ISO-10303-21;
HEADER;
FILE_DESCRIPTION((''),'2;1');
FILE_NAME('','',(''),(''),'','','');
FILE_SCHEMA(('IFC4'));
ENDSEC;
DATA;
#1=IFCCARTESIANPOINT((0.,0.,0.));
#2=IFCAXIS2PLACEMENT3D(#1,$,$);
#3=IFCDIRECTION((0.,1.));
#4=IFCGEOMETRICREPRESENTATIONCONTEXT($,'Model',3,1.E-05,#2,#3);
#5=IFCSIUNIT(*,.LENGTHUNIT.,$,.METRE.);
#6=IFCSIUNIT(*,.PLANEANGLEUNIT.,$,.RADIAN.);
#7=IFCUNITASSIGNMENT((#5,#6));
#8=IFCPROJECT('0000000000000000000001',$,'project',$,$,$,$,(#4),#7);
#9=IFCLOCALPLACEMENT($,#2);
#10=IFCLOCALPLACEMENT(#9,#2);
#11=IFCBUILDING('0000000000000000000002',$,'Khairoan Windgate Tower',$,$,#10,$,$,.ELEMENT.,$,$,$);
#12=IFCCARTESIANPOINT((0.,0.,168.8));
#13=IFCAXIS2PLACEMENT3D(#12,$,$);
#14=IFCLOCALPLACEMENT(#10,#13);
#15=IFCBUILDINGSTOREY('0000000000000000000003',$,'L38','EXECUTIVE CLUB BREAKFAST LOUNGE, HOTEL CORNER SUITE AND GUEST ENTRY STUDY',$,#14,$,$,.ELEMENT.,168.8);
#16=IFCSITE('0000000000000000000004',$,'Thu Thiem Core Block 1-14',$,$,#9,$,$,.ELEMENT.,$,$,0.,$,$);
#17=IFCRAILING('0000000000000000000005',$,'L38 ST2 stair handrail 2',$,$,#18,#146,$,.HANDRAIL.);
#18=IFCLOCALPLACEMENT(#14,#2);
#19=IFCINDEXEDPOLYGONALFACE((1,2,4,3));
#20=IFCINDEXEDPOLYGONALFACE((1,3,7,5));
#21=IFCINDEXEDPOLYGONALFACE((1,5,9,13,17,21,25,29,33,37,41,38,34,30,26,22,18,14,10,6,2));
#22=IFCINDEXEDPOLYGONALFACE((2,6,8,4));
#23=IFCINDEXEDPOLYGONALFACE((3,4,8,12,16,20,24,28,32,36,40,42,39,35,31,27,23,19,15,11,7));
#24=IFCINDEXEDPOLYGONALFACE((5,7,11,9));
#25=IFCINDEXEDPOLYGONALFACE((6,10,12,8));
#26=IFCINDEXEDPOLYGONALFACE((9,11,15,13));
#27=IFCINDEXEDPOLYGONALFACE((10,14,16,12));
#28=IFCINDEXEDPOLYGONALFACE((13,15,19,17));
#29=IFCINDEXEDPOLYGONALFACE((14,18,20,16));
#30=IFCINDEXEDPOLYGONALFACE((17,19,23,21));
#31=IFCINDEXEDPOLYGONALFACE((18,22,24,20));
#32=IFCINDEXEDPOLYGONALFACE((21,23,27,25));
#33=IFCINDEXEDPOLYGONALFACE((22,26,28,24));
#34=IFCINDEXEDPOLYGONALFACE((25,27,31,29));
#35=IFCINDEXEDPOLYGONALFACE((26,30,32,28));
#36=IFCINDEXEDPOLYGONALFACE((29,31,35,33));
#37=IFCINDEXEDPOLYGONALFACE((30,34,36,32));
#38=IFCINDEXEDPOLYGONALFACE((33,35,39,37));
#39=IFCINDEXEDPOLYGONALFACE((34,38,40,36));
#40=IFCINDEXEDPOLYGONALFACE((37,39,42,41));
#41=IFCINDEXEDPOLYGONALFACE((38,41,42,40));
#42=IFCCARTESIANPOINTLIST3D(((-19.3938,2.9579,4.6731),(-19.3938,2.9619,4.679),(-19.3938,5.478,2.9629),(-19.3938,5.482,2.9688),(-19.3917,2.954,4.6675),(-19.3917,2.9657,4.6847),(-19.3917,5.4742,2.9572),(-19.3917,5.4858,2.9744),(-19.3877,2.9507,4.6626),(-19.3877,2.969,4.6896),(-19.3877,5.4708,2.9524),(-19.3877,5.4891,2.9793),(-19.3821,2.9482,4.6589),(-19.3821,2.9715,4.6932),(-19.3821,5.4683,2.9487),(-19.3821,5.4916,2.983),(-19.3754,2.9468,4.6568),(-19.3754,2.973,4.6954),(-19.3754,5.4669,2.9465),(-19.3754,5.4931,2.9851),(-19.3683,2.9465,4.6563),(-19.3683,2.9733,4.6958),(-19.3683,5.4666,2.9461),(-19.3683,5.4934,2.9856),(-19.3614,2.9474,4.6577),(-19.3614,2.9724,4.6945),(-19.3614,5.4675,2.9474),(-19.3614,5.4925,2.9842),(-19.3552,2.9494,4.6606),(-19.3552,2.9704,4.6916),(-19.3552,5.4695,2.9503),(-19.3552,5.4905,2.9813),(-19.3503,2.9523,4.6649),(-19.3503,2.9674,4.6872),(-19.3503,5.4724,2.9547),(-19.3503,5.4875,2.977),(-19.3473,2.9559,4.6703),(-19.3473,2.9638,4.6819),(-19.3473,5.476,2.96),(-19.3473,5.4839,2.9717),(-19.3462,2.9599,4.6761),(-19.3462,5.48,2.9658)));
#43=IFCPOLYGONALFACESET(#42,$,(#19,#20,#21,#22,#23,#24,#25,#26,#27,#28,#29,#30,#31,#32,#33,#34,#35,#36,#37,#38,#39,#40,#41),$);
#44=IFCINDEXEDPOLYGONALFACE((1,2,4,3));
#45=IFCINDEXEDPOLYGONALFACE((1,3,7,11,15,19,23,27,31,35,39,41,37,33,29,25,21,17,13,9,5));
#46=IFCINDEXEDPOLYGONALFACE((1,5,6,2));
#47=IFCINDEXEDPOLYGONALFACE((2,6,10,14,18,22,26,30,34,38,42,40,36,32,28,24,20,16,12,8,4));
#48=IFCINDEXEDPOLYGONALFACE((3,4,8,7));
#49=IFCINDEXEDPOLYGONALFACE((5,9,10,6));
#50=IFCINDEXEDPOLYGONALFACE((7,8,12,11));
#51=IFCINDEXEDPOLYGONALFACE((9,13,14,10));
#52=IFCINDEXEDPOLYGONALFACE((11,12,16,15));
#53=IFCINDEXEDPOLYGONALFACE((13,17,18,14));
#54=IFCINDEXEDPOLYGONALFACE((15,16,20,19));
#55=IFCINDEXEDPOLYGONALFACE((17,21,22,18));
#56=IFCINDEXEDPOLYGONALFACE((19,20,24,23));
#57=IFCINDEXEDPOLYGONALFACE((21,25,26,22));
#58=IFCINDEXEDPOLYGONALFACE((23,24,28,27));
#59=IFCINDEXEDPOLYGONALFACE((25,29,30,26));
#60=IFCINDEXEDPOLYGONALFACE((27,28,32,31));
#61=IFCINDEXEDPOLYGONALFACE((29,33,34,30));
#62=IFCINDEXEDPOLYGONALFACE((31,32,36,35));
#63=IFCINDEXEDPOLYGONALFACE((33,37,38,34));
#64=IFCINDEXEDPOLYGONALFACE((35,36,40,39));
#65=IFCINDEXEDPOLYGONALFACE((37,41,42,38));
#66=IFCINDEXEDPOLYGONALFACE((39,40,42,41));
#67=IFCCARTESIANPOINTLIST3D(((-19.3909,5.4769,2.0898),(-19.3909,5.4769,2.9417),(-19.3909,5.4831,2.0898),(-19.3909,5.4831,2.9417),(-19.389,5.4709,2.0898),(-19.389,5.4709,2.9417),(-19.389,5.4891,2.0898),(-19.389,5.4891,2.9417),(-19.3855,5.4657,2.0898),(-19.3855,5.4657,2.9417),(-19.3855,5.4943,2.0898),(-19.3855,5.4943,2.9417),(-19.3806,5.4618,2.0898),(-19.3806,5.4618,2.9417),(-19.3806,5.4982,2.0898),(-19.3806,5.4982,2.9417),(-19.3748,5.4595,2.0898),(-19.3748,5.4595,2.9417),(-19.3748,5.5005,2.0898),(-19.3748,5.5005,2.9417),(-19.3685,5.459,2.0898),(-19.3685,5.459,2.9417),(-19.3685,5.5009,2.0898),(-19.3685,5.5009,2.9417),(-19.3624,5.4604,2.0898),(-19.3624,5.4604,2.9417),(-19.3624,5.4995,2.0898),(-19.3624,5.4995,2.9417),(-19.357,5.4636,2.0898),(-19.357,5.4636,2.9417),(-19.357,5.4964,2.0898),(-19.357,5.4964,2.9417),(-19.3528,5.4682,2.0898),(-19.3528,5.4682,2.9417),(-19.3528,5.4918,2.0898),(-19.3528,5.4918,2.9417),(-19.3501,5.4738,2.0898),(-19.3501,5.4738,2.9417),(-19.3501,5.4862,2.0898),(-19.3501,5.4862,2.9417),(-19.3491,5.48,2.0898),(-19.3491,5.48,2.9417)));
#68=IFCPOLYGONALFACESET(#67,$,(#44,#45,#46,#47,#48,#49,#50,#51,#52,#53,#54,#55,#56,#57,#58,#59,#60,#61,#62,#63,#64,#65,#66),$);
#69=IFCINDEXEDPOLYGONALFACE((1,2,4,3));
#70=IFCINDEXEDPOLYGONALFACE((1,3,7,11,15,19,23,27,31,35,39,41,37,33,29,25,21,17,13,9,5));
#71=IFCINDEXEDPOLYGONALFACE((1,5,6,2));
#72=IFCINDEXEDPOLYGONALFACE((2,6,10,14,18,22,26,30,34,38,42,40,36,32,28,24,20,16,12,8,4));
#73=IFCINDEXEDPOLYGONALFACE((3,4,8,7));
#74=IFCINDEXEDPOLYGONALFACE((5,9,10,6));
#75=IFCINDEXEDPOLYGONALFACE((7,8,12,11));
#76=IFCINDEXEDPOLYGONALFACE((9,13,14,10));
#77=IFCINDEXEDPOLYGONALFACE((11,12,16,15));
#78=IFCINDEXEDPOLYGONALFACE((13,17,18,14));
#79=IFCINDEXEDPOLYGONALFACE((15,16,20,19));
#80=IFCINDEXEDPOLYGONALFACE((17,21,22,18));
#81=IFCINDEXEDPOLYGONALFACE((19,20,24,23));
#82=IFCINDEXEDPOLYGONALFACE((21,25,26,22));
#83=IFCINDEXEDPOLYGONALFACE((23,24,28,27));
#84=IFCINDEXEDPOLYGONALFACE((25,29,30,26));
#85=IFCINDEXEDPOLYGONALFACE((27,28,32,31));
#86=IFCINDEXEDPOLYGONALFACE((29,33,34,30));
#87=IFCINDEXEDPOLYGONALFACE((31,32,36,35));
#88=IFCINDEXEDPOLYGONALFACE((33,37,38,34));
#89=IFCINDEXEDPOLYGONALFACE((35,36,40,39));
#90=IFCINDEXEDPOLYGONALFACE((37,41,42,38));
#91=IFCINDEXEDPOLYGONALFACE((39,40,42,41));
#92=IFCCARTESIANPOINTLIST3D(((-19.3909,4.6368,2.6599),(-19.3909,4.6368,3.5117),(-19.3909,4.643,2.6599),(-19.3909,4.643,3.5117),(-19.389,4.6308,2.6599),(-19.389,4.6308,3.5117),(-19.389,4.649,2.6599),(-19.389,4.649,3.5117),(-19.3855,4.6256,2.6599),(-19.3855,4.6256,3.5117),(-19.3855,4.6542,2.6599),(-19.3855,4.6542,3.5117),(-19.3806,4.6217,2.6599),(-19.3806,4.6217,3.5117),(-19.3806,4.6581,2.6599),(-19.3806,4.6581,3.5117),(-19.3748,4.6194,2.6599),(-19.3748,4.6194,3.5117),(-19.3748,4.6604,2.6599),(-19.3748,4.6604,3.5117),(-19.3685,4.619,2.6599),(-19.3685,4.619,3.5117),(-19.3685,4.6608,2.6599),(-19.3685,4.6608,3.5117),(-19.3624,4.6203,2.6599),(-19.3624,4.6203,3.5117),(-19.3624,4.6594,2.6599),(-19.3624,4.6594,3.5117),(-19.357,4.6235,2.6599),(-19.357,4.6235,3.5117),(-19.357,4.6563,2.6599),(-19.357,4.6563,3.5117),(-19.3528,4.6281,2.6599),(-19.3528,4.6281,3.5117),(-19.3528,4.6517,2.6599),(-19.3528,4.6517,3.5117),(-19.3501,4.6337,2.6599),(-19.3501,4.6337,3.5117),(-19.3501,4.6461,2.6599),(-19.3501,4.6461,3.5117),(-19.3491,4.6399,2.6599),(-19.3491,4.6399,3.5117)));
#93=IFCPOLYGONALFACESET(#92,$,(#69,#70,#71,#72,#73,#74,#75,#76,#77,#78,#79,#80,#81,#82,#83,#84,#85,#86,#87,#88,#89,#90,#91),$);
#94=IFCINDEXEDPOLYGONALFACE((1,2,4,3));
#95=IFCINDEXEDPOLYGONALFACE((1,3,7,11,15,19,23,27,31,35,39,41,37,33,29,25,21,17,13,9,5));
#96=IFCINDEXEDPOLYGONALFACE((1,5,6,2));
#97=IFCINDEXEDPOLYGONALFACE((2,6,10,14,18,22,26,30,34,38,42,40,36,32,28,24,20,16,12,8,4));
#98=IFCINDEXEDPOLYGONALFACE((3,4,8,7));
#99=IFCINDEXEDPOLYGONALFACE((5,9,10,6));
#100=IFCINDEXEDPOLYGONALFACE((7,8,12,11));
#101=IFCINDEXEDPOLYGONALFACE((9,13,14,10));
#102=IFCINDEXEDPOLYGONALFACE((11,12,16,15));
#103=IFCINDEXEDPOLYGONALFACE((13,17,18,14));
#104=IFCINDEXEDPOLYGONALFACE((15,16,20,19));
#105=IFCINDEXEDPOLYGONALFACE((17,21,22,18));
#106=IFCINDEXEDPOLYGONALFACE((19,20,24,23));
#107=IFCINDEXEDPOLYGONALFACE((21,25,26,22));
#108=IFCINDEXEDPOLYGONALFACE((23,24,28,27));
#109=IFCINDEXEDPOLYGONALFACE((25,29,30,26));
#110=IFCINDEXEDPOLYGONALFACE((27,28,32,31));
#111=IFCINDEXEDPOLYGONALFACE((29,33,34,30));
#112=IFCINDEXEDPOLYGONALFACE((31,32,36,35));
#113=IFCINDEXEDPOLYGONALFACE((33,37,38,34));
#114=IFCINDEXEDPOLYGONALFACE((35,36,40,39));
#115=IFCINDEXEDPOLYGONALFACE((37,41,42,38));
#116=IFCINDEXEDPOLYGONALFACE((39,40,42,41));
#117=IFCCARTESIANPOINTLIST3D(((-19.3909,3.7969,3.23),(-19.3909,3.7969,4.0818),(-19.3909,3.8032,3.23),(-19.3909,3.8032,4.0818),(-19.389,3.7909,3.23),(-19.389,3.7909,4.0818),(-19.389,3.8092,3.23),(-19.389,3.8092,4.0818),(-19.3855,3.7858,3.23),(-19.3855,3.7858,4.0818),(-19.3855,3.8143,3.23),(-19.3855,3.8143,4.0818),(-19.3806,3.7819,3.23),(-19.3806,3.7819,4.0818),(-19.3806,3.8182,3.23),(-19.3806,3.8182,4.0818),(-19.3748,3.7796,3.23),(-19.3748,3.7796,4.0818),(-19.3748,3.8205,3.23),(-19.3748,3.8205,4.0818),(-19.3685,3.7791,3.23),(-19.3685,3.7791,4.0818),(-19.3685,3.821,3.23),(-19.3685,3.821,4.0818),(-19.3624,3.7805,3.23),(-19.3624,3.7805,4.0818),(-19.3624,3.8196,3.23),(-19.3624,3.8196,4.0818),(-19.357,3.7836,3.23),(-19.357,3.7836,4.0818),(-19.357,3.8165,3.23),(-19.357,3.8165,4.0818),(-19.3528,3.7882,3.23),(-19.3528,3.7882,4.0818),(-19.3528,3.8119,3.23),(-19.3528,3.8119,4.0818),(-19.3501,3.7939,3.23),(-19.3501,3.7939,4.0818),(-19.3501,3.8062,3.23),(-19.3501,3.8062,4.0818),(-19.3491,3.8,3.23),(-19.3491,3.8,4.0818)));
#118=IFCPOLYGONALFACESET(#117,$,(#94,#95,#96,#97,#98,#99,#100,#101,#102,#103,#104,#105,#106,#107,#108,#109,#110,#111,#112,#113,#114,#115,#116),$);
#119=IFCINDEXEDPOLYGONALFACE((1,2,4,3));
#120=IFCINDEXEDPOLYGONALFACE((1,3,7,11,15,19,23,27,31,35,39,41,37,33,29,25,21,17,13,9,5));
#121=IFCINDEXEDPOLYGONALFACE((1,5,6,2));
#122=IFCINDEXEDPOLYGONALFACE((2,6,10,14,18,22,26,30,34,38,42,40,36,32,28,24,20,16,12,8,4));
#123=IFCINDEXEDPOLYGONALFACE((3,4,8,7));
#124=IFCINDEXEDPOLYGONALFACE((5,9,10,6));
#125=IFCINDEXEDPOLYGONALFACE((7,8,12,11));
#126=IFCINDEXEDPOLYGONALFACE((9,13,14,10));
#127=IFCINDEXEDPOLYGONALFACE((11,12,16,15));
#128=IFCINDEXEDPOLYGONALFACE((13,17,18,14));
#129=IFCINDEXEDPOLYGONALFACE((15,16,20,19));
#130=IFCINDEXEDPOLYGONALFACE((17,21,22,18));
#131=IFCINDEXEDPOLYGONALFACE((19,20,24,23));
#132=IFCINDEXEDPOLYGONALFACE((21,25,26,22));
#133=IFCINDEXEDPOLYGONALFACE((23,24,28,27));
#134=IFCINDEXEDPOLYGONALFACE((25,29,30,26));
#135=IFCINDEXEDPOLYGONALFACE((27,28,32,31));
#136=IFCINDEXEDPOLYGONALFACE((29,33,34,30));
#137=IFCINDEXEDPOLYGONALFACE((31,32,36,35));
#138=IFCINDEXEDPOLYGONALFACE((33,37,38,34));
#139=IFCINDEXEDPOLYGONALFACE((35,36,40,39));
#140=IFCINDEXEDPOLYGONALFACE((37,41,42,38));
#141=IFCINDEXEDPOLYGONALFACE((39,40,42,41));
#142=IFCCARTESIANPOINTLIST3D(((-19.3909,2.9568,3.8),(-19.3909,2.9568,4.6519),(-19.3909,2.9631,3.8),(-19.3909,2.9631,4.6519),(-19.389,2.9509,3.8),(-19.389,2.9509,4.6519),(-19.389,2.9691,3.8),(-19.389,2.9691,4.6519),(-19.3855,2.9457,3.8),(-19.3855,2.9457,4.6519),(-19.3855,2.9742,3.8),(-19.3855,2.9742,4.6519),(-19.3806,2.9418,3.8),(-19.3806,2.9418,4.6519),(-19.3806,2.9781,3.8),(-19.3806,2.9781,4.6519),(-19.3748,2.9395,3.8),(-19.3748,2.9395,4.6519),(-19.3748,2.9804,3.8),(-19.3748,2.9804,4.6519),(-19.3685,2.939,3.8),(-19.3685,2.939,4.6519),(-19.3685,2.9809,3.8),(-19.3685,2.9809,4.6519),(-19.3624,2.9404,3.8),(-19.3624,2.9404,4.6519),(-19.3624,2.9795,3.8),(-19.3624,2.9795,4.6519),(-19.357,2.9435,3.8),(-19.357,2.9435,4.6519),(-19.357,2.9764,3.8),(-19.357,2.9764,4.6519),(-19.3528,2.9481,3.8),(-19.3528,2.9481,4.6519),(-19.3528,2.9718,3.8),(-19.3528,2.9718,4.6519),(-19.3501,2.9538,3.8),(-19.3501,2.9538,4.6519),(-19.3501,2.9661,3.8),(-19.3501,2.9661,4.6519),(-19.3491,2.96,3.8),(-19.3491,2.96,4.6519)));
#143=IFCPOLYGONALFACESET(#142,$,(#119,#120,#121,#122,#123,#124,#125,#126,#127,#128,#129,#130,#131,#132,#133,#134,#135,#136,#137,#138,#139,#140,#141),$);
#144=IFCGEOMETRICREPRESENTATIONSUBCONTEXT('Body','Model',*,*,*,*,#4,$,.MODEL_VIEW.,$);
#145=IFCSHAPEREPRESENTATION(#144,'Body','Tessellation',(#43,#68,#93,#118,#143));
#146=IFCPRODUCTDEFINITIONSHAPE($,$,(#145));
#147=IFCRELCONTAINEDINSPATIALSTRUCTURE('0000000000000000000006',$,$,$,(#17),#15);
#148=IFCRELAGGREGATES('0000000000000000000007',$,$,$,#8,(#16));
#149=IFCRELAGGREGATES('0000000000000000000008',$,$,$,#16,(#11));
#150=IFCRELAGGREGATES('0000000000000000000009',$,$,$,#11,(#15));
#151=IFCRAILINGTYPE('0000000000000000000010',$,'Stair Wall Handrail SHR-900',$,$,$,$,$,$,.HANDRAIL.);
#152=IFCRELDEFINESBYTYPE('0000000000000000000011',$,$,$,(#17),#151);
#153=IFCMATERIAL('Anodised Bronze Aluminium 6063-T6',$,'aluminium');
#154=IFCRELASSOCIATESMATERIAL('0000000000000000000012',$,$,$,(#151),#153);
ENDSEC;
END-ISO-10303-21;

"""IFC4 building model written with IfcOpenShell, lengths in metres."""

from ifc_helpers import new_model, si_unit, direction, frame, origin, origin_2d, place, context, subcontext, project, spatial, circle, extrude, material, type_object, element, save


model = new_model("IFC4")

# Units and contexts
model_context = context("Model", 3, precision=1e-05, world=origin(), true_north=direction((0.0, 1.0)))
body_context = subcontext(model_context, "Body", "Model", "MODEL_VIEW")
ifc_project = project(units=[si_unit("LENGTHUNIT", "METRE"), si_unit("PLANEANGLEUNIT", "RADIAN")], contexts=[model_context])

# Site, building, storey
site_placement = place(None, origin())
site = spatial("IfcSite", under=ifc_project, at=site_placement, Name="Thu Thiem Core Block 1-14", CompositionType="ELEMENT", RefElevation=0.0)
building_placement = place(site_placement, origin())
building = spatial("IfcBuilding", under=site, at=building_placement, Name="Khairoan Windgate Tower", CompositionType="ELEMENT")
storey_placement = place(building_placement, frame((0.0, 0.0, 168.8)))
storey = spatial("IfcBuildingStorey", under=building, at=storey_placement, Name="L38", Description="EXECUTIVE CLUB BREAKFAST LOUNGE, HOTEL CORNER SUITE AND GUEST ENTRY STUDY", CompositionType="ELEMENT", Elevation=168.8)

# Railing
ifc_material_1 = material(Name="Anodised Bronze Aluminium 6063-T6", Category="aluminium")
railing_type_1 = type_object("IfcRailingType", Name="Stair Wall Handrail SHR-900", PredefinedType="HANDRAIL", material=ifc_material_1)
railing_1_placement = place(storey_placement, frame((-19.3701, 5.48, 2.0898)))
element("IfcRailing", 1, at=railing_1_placement, inside=storey, type_object=railing_type_1, Name="L38 ST2 stair handrail 2", PredefinedType="HANDRAIL", context=body_context, shape_type="SweptSolid", body=[
    extrude(circle(Radius=0.0239, at=origin_2d()), frame((0.0, 0.0, 0.876), z_axis=(0.0, -0.827447, 0.561545), x_axis=(1.0, 0.0, 0.0)), (0.0, 0.0, 1.0), 3.0457),
    extrude(circle(Radius=0.021, at=origin_2d()), origin(), (0.0, 0.0, 1.0), 0.8518),
    extrude(circle(Radius=0.021, at=origin_2d()), frame((0.0, -0.8401, 0.5701)), (0.0, 0.0, 1.0), 0.8518),
    extrude(circle(Radius=0.021, at=origin_2d()), frame((0.0, -1.6799, 1.1401)), (0.0, 0.0, 1.0), 0.8518),
    extrude(circle(Radius=0.021, at=origin_2d()), frame((0.0, -2.52, 1.7102)), (0.0, 0.0, 1.0), 0.8518),
])

save(model, "model.ifc")
